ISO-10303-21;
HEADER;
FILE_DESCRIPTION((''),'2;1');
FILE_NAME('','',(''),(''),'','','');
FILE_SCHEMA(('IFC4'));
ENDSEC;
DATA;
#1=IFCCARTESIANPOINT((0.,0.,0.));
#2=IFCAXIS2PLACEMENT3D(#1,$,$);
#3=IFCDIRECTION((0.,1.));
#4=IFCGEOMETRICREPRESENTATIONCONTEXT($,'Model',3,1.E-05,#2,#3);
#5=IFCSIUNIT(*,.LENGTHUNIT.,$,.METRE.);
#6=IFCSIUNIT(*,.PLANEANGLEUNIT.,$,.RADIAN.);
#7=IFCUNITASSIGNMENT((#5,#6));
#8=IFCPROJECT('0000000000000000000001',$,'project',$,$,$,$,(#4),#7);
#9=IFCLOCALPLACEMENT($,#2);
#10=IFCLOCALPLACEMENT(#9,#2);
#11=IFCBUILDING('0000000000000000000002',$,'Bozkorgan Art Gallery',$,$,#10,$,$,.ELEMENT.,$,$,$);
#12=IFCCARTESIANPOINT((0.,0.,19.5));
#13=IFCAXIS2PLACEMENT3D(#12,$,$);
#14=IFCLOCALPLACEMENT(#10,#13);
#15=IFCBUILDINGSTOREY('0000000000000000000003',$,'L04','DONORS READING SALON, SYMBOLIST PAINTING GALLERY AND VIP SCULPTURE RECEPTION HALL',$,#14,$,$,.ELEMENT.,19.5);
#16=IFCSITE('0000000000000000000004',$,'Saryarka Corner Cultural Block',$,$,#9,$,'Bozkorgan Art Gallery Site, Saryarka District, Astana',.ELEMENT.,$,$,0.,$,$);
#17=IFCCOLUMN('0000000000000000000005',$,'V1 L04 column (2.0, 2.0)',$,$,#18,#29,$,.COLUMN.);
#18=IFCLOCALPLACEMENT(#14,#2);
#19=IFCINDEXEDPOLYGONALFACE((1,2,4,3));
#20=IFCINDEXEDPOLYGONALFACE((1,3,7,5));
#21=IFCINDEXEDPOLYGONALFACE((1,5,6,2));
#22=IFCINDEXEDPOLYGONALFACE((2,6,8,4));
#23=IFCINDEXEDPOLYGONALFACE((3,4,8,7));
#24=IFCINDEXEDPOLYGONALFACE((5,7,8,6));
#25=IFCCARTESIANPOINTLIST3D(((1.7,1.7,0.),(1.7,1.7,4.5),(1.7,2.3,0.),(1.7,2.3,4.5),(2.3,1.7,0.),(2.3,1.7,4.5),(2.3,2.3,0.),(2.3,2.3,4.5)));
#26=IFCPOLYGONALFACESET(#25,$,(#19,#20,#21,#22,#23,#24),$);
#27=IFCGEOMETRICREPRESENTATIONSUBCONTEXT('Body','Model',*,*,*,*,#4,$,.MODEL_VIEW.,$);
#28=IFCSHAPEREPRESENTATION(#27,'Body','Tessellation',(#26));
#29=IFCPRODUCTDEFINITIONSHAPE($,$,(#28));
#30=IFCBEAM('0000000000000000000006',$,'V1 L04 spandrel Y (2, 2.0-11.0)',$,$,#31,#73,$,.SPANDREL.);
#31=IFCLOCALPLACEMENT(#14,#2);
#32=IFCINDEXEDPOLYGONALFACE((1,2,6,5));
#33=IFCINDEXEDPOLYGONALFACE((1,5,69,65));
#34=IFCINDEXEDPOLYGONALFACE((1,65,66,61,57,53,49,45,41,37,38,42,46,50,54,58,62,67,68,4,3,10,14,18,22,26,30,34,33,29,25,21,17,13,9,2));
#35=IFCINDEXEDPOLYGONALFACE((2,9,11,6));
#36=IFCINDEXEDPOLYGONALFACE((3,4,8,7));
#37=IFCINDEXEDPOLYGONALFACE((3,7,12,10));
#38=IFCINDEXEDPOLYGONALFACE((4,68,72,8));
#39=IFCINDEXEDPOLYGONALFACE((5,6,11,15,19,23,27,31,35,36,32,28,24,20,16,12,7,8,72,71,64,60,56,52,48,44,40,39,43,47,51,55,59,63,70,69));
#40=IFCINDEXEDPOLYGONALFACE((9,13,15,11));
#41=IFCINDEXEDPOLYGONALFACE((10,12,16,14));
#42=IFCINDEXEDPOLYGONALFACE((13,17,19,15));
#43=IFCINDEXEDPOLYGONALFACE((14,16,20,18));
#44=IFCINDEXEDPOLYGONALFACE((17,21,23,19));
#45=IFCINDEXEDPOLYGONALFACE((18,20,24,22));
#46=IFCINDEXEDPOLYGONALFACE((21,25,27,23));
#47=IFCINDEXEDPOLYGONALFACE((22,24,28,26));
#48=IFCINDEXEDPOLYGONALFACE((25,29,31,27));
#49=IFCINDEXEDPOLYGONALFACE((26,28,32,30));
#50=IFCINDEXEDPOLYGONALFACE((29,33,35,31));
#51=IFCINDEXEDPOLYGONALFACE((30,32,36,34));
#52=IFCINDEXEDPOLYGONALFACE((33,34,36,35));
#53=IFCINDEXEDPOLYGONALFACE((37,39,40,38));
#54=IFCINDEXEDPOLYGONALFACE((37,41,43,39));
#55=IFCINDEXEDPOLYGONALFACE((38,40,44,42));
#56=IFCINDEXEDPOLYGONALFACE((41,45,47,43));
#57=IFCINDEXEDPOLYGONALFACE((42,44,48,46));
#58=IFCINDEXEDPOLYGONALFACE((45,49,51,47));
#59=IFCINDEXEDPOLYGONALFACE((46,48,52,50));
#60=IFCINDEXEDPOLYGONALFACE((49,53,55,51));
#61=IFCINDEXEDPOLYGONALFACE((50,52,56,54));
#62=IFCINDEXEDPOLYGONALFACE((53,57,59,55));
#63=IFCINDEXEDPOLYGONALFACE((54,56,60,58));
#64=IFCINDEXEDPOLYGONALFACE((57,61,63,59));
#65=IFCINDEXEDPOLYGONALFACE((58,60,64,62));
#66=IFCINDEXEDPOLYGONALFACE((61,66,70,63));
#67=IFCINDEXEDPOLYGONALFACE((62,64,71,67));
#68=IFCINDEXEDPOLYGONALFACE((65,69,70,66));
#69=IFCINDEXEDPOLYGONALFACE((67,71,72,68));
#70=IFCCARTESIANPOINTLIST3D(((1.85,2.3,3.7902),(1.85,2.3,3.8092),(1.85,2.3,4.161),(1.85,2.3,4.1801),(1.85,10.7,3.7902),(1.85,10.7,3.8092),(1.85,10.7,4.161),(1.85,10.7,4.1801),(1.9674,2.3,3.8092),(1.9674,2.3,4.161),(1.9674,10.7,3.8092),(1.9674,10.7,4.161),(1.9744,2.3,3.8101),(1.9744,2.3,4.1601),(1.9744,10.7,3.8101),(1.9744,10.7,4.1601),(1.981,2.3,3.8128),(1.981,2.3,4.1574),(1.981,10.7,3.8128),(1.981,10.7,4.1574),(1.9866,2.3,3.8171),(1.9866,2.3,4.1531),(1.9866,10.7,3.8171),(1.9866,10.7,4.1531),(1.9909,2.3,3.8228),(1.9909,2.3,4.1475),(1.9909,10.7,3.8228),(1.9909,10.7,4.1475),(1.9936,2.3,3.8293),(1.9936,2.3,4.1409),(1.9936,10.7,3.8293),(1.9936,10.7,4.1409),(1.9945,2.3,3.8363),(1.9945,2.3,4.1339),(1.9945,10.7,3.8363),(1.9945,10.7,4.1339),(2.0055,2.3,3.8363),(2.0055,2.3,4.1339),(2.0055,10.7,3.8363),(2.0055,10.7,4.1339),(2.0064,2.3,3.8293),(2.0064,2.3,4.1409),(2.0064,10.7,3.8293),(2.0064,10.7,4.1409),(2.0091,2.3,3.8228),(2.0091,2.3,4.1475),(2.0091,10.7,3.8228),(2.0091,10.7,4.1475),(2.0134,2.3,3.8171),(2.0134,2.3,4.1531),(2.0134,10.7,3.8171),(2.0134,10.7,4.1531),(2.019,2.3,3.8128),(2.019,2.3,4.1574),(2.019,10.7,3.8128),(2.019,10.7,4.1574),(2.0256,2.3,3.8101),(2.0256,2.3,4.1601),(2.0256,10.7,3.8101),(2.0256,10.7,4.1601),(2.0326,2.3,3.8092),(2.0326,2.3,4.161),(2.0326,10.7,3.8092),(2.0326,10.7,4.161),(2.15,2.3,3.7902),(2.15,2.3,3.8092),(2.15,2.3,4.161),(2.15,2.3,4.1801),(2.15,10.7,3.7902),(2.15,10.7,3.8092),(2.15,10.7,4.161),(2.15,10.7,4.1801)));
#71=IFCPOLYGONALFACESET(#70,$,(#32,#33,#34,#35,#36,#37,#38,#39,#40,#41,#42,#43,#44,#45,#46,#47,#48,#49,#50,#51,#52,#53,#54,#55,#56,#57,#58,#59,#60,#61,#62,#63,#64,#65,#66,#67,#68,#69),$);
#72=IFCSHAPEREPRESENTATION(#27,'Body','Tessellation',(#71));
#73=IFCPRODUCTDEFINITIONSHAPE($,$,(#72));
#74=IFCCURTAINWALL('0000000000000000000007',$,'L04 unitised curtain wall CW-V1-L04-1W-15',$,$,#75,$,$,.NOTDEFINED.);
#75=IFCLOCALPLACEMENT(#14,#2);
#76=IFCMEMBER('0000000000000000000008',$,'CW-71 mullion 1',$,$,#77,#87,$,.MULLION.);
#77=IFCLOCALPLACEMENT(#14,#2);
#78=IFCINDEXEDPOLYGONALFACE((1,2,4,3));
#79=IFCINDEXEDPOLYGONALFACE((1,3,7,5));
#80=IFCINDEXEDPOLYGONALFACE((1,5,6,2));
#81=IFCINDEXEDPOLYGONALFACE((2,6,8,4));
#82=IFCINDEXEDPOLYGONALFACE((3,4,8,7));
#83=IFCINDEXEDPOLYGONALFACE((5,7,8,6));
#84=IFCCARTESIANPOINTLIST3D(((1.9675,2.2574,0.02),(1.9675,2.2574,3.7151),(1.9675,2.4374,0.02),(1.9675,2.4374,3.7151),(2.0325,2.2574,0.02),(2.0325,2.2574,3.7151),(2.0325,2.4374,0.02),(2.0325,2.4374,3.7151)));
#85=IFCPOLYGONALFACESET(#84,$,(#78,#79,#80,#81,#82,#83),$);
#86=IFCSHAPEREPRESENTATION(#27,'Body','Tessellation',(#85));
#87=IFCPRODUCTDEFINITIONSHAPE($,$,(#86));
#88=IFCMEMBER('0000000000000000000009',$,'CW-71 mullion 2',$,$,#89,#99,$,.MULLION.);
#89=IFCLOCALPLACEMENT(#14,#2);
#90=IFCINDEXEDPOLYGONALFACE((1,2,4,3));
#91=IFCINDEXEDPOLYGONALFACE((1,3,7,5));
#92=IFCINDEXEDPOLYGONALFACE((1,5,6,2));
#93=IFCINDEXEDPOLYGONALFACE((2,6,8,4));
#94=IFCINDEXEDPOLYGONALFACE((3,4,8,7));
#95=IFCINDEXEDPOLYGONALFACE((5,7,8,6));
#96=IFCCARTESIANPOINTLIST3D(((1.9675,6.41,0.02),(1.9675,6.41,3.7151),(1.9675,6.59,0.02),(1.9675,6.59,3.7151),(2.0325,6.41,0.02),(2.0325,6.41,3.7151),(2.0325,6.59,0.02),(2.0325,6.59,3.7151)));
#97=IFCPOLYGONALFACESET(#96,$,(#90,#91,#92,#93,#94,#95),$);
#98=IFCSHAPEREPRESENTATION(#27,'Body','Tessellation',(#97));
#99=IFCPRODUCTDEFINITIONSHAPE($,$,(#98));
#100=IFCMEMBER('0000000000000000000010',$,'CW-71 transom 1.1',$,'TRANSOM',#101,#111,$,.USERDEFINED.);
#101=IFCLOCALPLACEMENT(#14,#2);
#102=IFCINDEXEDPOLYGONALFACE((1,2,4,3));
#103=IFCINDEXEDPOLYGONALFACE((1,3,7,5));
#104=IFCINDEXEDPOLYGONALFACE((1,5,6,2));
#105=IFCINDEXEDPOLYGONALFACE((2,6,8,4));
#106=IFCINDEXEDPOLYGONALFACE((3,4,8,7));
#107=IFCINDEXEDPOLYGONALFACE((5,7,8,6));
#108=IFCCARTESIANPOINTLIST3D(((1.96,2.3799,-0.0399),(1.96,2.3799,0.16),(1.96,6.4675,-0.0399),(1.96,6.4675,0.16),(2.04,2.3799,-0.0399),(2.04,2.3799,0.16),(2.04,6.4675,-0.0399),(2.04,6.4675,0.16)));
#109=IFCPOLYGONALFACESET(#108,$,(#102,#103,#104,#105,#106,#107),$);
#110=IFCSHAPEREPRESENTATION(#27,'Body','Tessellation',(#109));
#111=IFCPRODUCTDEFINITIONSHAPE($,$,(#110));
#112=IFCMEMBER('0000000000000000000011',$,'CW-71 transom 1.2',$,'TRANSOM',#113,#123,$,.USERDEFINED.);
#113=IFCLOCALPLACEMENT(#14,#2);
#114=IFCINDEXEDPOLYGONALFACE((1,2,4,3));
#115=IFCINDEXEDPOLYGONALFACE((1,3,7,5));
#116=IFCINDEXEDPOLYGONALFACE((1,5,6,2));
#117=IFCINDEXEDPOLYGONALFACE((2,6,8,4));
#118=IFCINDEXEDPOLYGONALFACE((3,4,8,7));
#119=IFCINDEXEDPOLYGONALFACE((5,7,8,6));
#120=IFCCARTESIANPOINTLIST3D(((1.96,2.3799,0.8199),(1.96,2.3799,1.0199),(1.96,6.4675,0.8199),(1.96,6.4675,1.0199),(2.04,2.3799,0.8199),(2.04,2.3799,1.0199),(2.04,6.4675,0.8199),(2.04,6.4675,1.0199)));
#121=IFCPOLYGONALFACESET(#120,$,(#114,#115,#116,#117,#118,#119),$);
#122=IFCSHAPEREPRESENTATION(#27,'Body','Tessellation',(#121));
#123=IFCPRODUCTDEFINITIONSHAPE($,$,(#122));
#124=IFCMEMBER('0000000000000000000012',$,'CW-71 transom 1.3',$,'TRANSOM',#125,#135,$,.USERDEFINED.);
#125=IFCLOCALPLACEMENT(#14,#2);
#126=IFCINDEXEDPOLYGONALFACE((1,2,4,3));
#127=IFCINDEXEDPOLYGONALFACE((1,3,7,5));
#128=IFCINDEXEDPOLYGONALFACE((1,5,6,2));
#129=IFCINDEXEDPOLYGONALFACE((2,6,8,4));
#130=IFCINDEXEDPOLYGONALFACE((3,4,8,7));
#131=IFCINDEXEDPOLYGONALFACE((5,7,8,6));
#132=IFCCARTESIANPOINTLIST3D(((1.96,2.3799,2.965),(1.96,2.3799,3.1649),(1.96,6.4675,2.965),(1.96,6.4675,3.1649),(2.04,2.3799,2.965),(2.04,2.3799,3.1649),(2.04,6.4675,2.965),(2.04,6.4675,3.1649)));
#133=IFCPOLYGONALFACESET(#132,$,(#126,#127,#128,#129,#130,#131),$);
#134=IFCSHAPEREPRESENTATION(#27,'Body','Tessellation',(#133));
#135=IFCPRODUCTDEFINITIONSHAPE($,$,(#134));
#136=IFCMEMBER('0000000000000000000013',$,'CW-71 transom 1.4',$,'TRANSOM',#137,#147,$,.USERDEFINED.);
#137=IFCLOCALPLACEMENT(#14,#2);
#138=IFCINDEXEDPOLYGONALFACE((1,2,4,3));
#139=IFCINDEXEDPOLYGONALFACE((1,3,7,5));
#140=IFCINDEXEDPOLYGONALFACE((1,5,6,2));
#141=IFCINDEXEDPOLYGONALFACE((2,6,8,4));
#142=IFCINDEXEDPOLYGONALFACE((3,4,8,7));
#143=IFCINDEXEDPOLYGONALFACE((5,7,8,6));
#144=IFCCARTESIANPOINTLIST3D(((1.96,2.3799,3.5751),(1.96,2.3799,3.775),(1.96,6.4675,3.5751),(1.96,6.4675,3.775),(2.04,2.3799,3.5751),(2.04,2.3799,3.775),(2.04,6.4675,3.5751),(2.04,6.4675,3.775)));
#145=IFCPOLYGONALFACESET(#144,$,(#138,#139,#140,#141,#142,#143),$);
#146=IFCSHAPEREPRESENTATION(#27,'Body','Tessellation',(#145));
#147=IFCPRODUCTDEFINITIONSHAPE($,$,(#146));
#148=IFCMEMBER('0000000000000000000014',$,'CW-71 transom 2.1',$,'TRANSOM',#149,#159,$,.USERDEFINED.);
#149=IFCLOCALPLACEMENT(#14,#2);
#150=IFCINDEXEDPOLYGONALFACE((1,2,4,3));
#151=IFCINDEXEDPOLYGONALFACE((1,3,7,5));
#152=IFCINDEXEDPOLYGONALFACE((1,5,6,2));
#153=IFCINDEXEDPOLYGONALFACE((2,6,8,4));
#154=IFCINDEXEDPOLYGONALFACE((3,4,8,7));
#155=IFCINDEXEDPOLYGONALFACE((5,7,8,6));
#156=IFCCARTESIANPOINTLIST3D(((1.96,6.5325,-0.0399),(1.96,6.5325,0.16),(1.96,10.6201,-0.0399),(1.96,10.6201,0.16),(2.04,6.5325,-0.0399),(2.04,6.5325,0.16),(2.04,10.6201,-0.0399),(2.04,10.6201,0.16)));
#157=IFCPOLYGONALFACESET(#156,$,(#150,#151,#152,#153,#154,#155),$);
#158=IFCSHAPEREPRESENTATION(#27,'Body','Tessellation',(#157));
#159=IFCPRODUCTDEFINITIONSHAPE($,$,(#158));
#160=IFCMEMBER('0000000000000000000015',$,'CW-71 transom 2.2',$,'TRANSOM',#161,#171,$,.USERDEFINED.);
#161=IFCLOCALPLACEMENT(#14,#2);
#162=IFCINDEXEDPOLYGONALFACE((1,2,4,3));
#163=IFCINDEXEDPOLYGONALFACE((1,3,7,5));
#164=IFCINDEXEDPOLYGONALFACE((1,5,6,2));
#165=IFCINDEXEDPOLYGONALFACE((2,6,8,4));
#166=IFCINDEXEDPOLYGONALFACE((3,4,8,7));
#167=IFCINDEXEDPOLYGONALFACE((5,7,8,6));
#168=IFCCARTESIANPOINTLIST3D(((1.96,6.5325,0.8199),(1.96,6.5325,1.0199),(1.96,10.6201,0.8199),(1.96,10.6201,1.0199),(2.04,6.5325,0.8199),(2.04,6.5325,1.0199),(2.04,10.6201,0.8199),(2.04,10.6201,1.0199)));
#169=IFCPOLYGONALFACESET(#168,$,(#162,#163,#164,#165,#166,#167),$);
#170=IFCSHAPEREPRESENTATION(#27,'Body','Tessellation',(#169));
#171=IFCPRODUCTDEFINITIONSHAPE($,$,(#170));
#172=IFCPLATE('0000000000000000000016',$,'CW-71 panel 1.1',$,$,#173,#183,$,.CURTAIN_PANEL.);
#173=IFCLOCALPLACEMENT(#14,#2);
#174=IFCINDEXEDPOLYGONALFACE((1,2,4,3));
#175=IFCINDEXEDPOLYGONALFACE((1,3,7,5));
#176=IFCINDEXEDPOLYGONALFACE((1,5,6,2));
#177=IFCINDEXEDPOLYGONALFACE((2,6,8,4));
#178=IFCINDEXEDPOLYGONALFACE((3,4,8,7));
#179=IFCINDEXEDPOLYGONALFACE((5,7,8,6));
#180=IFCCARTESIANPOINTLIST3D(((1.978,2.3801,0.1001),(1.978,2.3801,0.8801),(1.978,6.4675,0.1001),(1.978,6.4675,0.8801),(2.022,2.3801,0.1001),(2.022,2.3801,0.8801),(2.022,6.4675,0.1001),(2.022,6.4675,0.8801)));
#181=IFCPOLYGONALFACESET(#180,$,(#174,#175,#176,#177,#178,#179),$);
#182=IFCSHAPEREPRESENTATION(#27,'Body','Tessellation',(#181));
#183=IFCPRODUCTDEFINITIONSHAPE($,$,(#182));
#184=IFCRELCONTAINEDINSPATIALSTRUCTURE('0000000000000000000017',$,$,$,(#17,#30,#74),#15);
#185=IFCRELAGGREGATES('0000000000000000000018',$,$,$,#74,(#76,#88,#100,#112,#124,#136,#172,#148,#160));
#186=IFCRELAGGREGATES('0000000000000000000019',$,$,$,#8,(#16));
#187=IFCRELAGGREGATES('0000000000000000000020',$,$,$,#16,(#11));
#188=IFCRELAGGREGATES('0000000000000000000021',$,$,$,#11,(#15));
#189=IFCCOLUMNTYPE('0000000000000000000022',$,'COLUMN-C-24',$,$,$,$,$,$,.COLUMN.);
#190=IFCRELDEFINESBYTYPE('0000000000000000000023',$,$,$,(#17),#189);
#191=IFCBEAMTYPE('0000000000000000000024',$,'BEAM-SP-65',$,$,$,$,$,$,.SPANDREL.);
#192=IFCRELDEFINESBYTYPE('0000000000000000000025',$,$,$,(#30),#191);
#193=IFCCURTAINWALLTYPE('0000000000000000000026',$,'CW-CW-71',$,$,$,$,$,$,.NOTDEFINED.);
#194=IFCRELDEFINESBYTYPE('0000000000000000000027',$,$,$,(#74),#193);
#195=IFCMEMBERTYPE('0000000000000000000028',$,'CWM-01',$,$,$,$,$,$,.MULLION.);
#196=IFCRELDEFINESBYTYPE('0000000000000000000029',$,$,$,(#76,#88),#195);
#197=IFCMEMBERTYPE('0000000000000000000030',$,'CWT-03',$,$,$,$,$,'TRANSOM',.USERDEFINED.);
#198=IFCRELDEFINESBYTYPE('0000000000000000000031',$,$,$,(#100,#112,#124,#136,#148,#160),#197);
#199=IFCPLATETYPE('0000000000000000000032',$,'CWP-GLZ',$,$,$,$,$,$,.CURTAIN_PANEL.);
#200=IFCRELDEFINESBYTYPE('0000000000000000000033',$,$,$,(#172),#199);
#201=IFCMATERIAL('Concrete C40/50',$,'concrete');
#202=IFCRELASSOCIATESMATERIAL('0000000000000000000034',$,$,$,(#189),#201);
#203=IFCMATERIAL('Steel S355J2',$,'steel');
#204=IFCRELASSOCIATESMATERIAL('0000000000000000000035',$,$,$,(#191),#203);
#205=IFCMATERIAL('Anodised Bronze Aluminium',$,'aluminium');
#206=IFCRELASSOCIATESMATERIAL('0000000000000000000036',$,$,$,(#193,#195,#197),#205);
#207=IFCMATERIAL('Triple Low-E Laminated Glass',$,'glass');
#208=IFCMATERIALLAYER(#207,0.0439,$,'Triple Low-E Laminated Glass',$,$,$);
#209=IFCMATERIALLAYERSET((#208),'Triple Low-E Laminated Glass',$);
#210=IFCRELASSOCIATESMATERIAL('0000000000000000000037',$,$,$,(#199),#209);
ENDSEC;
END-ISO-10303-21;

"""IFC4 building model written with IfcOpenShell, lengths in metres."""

from ifc_helpers import new_model, si_unit, direction, frame, origin, origin_2d, place, context, subcontext, project, spatial, rectangle, i_section, extrude, material, layer, layer_set, material_profile, profile_set, type_object, element, aggregate, save


model = new_model("IFC4")

# Units and contexts
model_context = context("Model", 3, precision=1e-05, world=origin(), true_north=direction((0.0, 1.0)))
body_context = subcontext(model_context, "Body", "Model", "MODEL_VIEW")
ifc_project = project(units=[si_unit("LENGTHUNIT", "METRE"), si_unit("PLANEANGLEUNIT", "RADIAN")], contexts=[model_context])

# Site, building, storey
site_placement = place(None, origin())
site = spatial("IfcSite", under=ifc_project, at=site_placement, Name="Saryarka Corner Cultural Block", LongName="Bozkorgan Art Gallery Site, Saryarka District, Astana", CompositionType="ELEMENT", RefElevation=0.0)
building_placement = place(site_placement, origin())
building = spatial("IfcBuilding", under=site, at=building_placement, Name="Bozkorgan Art Gallery", CompositionType="ELEMENT")
storey_placement = place(building_placement, frame((0.0, 0.0, 19.5)))
storey = spatial("IfcBuildingStorey", under=building, at=storey_placement, Name="L04", Description="DONORS READING SALON, SYMBOLIST PAINTING GALLERY AND VIP SCULPTURE RECEPTION HALL", CompositionType="ELEMENT", Elevation=19.5)

# Column
ifc_material_1 = material(Name="Concrete C40/50", Category="concrete")
ifc_material_profile_1 = material_profile(ifc_material_1, rectangle(XDim=0.6001, YDim=0.6001, at=origin_2d()), Name="RC 600x600")
ifc_profile_set_1 = profile_set([ifc_material_profile_1], Name="Concrete C40/50")
column_type = type_object("IfcColumnType", Name="COLUMN-C-24", PredefinedType="COLUMN", material=ifc_profile_set_1)
column_placement = place(storey_placement, frame((2.0, 2.0, 0.0), z_axis=(0.0, 0.0, 1.0), x_axis=(1.0, 0.0, 0.0)))
element("IfcColumn", 1, at=column_placement, inside=storey, type_object=column_type, Name="V1 L04 column (2.0, 2.0)", PredefinedType="COLUMN", context=body_context, shape_type="SweptSolid", body=[
    extrude(rectangle(XDim=0.6001, YDim=0.6001, at=origin_2d()), origin(), (0.0, 0.0, 1.0), 4.5),
])

# Beam
ifc_material_2 = material(Name="Steel S355J2", Category="steel")
ifc_material_profile_2 = material_profile(ifc_material_2, i_section(OverallWidth=0.3, OverallDepth=0.3899, WebThickness=0.011, FlangeThickness=0.019, FilletRadius=0.0271, at=origin_2d()), Name="HEA 400")
ifc_profile_set_2 = profile_set([ifc_material_profile_2], Name="Steel S355J2")
beam_type = type_object("IfcBeamType", Name="BEAM-SP-65", PredefinedType="SPANDREL", material=ifc_profile_set_2)
beam_placement = place(storey_placement, frame((2.0, 2.3, 3.9851), z_axis=(0.0, 1.0, 0.0), x_axis=(-1.0, 0.0, 0.0)))
element("IfcBeam", 2, at=beam_placement, inside=storey, type_object=beam_type, Name="V1 L04 spandrel Y (2, 2.0-11.0)", PredefinedType="SPANDREL", context=body_context, shape_type="SweptSolid", body=[
    extrude(i_section(OverallWidth=0.3, OverallDepth=0.3899, WebThickness=0.011, FlangeThickness=0.019, FilletRadius=0.0271, at=origin_2d()), origin(), (0.0, 0.0, 1.0), 8.3999),
])

# Curtain wall, members, plate
ifc_material_3 = material(Name="Anodised Bronze Aluminium", Category="aluminium")
curtain_wall_type = type_object("IfcCurtainWallType", Name="CW-CW-71", PredefinedType="NOTDEFINED", material=ifc_material_3)
curtain_wall_placement = place(storey_placement, origin())
curtain_wall = element("IfcCurtainWall", 3, at=curtain_wall_placement, inside=storey, type_object=curtain_wall_type, Name="L04 unitised curtain wall CW-V1-L04-1W-15", PredefinedType="NOTDEFINED")
ifc_material_profile_3 = material_profile(ifc_material_3, rectangle(XDim=0.0649, YDim=0.1799, at=origin_2d()), Name="ALU MULLION 65x180")
ifc_profile_set_3 = profile_set([ifc_material_profile_3], Name="Anodised Bronze Aluminium")
member_type_1 = type_object("IfcMemberType", Name="CWM-01", PredefinedType="MULLION", material=ifc_profile_set_3)
member_1_placement = place(storey_placement, frame((2.0, 2.3474, 0.02), z_axis=(0.0, 0.0, 1.0), x_axis=(-1.0, 0.0, 0.0)))
member_1 = element("IfcMember", 4, at=member_1_placement, type_object=member_type_1, Name="CW-71 mullion 1", PredefinedType="MULLION", context=body_context, shape_type="SweptSolid", body=[
    extrude(rectangle(XDim=0.0649, YDim=0.1799, at=origin_2d()), origin(), (0.0, 0.0, 1.0), 3.6951),
])
member_2_placement = place(storey_placement, frame((2.0, 6.5, 0.02), z_axis=(0.0, 0.0, 1.0), x_axis=(-1.0, 0.0, 0.0)))
member_2 = element("IfcMember", 5, at=member_2_placement, type_object=member_type_1, Name="CW-71 mullion 2", PredefinedType="MULLION", context=body_context, shape_type="SweptSolid", body=[
    extrude(rectangle(XDim=0.0649, YDim=0.1799, at=origin_2d()), origin(), (0.0, 0.0, 1.0), 3.6951),
])
ifc_material_profile_4 = material_profile(ifc_material_3, rectangle(XDim=0.0801, YDim=0.2, at=origin_2d()), Name="ALU TRANSOM 80x200")
ifc_profile_set_4 = profile_set([ifc_material_profile_4], Name="Anodised Bronze Aluminium")
member_type_2 = type_object("IfcMemberType", Name="CWT-03", ElementType="TRANSOM", PredefinedType="USERDEFINED", material=ifc_profile_set_4)
member_3_placement = place(storey_placement, frame((2.0, 2.3799, 0.0601), z_axis=(0.0, 1.0, 0.0), x_axis=(-1.0, 0.0, 0.0)))
member_3 = element("IfcMember", 6, at=member_3_placement, type_object=member_type_2, Name="CW-71 transom 1.1", ObjectType="TRANSOM", PredefinedType="USERDEFINED", context=body_context, shape_type="SweptSolid", body=[
    extrude(rectangle(XDim=0.0801, YDim=0.2, at=origin_2d()), origin(), (0.0, 0.0, 1.0), 4.0876),
])
member_4_placement = place(storey_placement, frame((2.0, 2.3799, 0.9199), z_axis=(0.0, 1.0, 0.0), x_axis=(-1.0, 0.0, 0.0)))
member_4 = element("IfcMember", 7, at=member_4_placement, type_object=member_type_2, Name="CW-71 transom 1.2", ObjectType="TRANSOM", PredefinedType="USERDEFINED", context=body_context, shape_type="SweptSolid", body=[
    extrude(rectangle(XDim=0.0801, YDim=0.2, at=origin_2d()), origin(), (0.0, 0.0, 1.0), 4.0876),
])
member_5_placement = place(storey_placement, frame((2.0, 2.3799, 3.0649), z_axis=(0.0, 1.0, 0.0), x_axis=(-1.0, 0.0, 0.0)))
member_5 = element("IfcMember", 8, at=member_5_placement, type_object=member_type_2, Name="CW-71 transom 1.3", ObjectType="TRANSOM", PredefinedType="USERDEFINED", context=body_context, shape_type="SweptSolid", body=[
    extrude(rectangle(XDim=0.0801, YDim=0.2, at=origin_2d()), origin(), (0.0, 0.0, 1.0), 4.0876),
])
member_6_placement = place(storey_placement, frame((2.0, 2.3799, 3.675), z_axis=(0.0, 1.0, 0.0), x_axis=(-1.0, 0.0, 0.0)))
member_6 = element("IfcMember", 9, at=member_6_placement, type_object=member_type_2, Name="CW-71 transom 1.4", ObjectType="TRANSOM", PredefinedType="USERDEFINED", context=body_context, shape_type="SweptSolid", body=[
    extrude(rectangle(XDim=0.0801, YDim=0.2, at=origin_2d()), origin(), (0.0, 0.0, 1.0), 4.0876),
])
member_7_placement = place(storey_placement, frame((2.0, 6.5325, 0.0601), z_axis=(0.0, 1.0, 0.0), x_axis=(-1.0, 0.0, 0.0)))
member_7 = element("IfcMember", 10, at=member_7_placement, type_object=member_type_2, Name="CW-71 transom 2.1", ObjectType="TRANSOM", PredefinedType="USERDEFINED", context=body_context, shape_type="SweptSolid", body=[
    extrude(rectangle(XDim=0.0801, YDim=0.2, at=origin_2d()), origin(), (0.0, 0.0, 1.0), 4.0876),
])
member_8_placement = place(storey_placement, frame((2.0, 6.5325, 0.9199), z_axis=(0.0, 1.0, 0.0), x_axis=(-1.0, 0.0, 0.0)))
member_8 = element("IfcMember", 11, at=member_8_placement, type_object=member_type_2, Name="CW-71 transom 2.2", ObjectType="TRANSOM", PredefinedType="USERDEFINED", context=body_context, shape_type="SweptSolid", body=[
    extrude(rectangle(XDim=0.0801, YDim=0.2, at=origin_2d()), origin(), (0.0, 0.0, 1.0), 4.0876),
])
ifc_material_4 = material(Name="Triple Low-E Laminated Glass", Category="glass")
ifc_layer_1 = layer(ifc_material_4, 0.0439, Name="Triple Low-E Laminated Glass")
ifc_layer_set_1 = layer_set([ifc_layer_1], Name="Triple Low-E Laminated Glass")
plate_type = type_object("IfcPlateType", Name="CWP-GLZ", PredefinedType="CURTAIN_PANEL", material=ifc_layer_set_1)
plate_1_placement = place(storey_placement, frame((2.0, 4.4238, 0.1001), z_axis=(0.0, 0.0, 1.0), x_axis=(0.0, 1.0, 0.0)))
plate_1 = element("IfcPlate", 12, at=plate_1_placement, type_object=plate_type, Name="CW-71 panel 1.1", PredefinedType="CURTAIN_PANEL", context=body_context, shape_type="SweptSolid", body=[
    extrude(rectangle(XDim=4.0874, YDim=0.0439, at=origin_2d()), origin(), (0.0, 0.0, 1.0), 0.78),
])
aggregate(curtain_wall, [member_1, member_2, member_3, member_4, member_5, member_6, plate_1, member_7, member_8])

save(model, "model.ifc")
